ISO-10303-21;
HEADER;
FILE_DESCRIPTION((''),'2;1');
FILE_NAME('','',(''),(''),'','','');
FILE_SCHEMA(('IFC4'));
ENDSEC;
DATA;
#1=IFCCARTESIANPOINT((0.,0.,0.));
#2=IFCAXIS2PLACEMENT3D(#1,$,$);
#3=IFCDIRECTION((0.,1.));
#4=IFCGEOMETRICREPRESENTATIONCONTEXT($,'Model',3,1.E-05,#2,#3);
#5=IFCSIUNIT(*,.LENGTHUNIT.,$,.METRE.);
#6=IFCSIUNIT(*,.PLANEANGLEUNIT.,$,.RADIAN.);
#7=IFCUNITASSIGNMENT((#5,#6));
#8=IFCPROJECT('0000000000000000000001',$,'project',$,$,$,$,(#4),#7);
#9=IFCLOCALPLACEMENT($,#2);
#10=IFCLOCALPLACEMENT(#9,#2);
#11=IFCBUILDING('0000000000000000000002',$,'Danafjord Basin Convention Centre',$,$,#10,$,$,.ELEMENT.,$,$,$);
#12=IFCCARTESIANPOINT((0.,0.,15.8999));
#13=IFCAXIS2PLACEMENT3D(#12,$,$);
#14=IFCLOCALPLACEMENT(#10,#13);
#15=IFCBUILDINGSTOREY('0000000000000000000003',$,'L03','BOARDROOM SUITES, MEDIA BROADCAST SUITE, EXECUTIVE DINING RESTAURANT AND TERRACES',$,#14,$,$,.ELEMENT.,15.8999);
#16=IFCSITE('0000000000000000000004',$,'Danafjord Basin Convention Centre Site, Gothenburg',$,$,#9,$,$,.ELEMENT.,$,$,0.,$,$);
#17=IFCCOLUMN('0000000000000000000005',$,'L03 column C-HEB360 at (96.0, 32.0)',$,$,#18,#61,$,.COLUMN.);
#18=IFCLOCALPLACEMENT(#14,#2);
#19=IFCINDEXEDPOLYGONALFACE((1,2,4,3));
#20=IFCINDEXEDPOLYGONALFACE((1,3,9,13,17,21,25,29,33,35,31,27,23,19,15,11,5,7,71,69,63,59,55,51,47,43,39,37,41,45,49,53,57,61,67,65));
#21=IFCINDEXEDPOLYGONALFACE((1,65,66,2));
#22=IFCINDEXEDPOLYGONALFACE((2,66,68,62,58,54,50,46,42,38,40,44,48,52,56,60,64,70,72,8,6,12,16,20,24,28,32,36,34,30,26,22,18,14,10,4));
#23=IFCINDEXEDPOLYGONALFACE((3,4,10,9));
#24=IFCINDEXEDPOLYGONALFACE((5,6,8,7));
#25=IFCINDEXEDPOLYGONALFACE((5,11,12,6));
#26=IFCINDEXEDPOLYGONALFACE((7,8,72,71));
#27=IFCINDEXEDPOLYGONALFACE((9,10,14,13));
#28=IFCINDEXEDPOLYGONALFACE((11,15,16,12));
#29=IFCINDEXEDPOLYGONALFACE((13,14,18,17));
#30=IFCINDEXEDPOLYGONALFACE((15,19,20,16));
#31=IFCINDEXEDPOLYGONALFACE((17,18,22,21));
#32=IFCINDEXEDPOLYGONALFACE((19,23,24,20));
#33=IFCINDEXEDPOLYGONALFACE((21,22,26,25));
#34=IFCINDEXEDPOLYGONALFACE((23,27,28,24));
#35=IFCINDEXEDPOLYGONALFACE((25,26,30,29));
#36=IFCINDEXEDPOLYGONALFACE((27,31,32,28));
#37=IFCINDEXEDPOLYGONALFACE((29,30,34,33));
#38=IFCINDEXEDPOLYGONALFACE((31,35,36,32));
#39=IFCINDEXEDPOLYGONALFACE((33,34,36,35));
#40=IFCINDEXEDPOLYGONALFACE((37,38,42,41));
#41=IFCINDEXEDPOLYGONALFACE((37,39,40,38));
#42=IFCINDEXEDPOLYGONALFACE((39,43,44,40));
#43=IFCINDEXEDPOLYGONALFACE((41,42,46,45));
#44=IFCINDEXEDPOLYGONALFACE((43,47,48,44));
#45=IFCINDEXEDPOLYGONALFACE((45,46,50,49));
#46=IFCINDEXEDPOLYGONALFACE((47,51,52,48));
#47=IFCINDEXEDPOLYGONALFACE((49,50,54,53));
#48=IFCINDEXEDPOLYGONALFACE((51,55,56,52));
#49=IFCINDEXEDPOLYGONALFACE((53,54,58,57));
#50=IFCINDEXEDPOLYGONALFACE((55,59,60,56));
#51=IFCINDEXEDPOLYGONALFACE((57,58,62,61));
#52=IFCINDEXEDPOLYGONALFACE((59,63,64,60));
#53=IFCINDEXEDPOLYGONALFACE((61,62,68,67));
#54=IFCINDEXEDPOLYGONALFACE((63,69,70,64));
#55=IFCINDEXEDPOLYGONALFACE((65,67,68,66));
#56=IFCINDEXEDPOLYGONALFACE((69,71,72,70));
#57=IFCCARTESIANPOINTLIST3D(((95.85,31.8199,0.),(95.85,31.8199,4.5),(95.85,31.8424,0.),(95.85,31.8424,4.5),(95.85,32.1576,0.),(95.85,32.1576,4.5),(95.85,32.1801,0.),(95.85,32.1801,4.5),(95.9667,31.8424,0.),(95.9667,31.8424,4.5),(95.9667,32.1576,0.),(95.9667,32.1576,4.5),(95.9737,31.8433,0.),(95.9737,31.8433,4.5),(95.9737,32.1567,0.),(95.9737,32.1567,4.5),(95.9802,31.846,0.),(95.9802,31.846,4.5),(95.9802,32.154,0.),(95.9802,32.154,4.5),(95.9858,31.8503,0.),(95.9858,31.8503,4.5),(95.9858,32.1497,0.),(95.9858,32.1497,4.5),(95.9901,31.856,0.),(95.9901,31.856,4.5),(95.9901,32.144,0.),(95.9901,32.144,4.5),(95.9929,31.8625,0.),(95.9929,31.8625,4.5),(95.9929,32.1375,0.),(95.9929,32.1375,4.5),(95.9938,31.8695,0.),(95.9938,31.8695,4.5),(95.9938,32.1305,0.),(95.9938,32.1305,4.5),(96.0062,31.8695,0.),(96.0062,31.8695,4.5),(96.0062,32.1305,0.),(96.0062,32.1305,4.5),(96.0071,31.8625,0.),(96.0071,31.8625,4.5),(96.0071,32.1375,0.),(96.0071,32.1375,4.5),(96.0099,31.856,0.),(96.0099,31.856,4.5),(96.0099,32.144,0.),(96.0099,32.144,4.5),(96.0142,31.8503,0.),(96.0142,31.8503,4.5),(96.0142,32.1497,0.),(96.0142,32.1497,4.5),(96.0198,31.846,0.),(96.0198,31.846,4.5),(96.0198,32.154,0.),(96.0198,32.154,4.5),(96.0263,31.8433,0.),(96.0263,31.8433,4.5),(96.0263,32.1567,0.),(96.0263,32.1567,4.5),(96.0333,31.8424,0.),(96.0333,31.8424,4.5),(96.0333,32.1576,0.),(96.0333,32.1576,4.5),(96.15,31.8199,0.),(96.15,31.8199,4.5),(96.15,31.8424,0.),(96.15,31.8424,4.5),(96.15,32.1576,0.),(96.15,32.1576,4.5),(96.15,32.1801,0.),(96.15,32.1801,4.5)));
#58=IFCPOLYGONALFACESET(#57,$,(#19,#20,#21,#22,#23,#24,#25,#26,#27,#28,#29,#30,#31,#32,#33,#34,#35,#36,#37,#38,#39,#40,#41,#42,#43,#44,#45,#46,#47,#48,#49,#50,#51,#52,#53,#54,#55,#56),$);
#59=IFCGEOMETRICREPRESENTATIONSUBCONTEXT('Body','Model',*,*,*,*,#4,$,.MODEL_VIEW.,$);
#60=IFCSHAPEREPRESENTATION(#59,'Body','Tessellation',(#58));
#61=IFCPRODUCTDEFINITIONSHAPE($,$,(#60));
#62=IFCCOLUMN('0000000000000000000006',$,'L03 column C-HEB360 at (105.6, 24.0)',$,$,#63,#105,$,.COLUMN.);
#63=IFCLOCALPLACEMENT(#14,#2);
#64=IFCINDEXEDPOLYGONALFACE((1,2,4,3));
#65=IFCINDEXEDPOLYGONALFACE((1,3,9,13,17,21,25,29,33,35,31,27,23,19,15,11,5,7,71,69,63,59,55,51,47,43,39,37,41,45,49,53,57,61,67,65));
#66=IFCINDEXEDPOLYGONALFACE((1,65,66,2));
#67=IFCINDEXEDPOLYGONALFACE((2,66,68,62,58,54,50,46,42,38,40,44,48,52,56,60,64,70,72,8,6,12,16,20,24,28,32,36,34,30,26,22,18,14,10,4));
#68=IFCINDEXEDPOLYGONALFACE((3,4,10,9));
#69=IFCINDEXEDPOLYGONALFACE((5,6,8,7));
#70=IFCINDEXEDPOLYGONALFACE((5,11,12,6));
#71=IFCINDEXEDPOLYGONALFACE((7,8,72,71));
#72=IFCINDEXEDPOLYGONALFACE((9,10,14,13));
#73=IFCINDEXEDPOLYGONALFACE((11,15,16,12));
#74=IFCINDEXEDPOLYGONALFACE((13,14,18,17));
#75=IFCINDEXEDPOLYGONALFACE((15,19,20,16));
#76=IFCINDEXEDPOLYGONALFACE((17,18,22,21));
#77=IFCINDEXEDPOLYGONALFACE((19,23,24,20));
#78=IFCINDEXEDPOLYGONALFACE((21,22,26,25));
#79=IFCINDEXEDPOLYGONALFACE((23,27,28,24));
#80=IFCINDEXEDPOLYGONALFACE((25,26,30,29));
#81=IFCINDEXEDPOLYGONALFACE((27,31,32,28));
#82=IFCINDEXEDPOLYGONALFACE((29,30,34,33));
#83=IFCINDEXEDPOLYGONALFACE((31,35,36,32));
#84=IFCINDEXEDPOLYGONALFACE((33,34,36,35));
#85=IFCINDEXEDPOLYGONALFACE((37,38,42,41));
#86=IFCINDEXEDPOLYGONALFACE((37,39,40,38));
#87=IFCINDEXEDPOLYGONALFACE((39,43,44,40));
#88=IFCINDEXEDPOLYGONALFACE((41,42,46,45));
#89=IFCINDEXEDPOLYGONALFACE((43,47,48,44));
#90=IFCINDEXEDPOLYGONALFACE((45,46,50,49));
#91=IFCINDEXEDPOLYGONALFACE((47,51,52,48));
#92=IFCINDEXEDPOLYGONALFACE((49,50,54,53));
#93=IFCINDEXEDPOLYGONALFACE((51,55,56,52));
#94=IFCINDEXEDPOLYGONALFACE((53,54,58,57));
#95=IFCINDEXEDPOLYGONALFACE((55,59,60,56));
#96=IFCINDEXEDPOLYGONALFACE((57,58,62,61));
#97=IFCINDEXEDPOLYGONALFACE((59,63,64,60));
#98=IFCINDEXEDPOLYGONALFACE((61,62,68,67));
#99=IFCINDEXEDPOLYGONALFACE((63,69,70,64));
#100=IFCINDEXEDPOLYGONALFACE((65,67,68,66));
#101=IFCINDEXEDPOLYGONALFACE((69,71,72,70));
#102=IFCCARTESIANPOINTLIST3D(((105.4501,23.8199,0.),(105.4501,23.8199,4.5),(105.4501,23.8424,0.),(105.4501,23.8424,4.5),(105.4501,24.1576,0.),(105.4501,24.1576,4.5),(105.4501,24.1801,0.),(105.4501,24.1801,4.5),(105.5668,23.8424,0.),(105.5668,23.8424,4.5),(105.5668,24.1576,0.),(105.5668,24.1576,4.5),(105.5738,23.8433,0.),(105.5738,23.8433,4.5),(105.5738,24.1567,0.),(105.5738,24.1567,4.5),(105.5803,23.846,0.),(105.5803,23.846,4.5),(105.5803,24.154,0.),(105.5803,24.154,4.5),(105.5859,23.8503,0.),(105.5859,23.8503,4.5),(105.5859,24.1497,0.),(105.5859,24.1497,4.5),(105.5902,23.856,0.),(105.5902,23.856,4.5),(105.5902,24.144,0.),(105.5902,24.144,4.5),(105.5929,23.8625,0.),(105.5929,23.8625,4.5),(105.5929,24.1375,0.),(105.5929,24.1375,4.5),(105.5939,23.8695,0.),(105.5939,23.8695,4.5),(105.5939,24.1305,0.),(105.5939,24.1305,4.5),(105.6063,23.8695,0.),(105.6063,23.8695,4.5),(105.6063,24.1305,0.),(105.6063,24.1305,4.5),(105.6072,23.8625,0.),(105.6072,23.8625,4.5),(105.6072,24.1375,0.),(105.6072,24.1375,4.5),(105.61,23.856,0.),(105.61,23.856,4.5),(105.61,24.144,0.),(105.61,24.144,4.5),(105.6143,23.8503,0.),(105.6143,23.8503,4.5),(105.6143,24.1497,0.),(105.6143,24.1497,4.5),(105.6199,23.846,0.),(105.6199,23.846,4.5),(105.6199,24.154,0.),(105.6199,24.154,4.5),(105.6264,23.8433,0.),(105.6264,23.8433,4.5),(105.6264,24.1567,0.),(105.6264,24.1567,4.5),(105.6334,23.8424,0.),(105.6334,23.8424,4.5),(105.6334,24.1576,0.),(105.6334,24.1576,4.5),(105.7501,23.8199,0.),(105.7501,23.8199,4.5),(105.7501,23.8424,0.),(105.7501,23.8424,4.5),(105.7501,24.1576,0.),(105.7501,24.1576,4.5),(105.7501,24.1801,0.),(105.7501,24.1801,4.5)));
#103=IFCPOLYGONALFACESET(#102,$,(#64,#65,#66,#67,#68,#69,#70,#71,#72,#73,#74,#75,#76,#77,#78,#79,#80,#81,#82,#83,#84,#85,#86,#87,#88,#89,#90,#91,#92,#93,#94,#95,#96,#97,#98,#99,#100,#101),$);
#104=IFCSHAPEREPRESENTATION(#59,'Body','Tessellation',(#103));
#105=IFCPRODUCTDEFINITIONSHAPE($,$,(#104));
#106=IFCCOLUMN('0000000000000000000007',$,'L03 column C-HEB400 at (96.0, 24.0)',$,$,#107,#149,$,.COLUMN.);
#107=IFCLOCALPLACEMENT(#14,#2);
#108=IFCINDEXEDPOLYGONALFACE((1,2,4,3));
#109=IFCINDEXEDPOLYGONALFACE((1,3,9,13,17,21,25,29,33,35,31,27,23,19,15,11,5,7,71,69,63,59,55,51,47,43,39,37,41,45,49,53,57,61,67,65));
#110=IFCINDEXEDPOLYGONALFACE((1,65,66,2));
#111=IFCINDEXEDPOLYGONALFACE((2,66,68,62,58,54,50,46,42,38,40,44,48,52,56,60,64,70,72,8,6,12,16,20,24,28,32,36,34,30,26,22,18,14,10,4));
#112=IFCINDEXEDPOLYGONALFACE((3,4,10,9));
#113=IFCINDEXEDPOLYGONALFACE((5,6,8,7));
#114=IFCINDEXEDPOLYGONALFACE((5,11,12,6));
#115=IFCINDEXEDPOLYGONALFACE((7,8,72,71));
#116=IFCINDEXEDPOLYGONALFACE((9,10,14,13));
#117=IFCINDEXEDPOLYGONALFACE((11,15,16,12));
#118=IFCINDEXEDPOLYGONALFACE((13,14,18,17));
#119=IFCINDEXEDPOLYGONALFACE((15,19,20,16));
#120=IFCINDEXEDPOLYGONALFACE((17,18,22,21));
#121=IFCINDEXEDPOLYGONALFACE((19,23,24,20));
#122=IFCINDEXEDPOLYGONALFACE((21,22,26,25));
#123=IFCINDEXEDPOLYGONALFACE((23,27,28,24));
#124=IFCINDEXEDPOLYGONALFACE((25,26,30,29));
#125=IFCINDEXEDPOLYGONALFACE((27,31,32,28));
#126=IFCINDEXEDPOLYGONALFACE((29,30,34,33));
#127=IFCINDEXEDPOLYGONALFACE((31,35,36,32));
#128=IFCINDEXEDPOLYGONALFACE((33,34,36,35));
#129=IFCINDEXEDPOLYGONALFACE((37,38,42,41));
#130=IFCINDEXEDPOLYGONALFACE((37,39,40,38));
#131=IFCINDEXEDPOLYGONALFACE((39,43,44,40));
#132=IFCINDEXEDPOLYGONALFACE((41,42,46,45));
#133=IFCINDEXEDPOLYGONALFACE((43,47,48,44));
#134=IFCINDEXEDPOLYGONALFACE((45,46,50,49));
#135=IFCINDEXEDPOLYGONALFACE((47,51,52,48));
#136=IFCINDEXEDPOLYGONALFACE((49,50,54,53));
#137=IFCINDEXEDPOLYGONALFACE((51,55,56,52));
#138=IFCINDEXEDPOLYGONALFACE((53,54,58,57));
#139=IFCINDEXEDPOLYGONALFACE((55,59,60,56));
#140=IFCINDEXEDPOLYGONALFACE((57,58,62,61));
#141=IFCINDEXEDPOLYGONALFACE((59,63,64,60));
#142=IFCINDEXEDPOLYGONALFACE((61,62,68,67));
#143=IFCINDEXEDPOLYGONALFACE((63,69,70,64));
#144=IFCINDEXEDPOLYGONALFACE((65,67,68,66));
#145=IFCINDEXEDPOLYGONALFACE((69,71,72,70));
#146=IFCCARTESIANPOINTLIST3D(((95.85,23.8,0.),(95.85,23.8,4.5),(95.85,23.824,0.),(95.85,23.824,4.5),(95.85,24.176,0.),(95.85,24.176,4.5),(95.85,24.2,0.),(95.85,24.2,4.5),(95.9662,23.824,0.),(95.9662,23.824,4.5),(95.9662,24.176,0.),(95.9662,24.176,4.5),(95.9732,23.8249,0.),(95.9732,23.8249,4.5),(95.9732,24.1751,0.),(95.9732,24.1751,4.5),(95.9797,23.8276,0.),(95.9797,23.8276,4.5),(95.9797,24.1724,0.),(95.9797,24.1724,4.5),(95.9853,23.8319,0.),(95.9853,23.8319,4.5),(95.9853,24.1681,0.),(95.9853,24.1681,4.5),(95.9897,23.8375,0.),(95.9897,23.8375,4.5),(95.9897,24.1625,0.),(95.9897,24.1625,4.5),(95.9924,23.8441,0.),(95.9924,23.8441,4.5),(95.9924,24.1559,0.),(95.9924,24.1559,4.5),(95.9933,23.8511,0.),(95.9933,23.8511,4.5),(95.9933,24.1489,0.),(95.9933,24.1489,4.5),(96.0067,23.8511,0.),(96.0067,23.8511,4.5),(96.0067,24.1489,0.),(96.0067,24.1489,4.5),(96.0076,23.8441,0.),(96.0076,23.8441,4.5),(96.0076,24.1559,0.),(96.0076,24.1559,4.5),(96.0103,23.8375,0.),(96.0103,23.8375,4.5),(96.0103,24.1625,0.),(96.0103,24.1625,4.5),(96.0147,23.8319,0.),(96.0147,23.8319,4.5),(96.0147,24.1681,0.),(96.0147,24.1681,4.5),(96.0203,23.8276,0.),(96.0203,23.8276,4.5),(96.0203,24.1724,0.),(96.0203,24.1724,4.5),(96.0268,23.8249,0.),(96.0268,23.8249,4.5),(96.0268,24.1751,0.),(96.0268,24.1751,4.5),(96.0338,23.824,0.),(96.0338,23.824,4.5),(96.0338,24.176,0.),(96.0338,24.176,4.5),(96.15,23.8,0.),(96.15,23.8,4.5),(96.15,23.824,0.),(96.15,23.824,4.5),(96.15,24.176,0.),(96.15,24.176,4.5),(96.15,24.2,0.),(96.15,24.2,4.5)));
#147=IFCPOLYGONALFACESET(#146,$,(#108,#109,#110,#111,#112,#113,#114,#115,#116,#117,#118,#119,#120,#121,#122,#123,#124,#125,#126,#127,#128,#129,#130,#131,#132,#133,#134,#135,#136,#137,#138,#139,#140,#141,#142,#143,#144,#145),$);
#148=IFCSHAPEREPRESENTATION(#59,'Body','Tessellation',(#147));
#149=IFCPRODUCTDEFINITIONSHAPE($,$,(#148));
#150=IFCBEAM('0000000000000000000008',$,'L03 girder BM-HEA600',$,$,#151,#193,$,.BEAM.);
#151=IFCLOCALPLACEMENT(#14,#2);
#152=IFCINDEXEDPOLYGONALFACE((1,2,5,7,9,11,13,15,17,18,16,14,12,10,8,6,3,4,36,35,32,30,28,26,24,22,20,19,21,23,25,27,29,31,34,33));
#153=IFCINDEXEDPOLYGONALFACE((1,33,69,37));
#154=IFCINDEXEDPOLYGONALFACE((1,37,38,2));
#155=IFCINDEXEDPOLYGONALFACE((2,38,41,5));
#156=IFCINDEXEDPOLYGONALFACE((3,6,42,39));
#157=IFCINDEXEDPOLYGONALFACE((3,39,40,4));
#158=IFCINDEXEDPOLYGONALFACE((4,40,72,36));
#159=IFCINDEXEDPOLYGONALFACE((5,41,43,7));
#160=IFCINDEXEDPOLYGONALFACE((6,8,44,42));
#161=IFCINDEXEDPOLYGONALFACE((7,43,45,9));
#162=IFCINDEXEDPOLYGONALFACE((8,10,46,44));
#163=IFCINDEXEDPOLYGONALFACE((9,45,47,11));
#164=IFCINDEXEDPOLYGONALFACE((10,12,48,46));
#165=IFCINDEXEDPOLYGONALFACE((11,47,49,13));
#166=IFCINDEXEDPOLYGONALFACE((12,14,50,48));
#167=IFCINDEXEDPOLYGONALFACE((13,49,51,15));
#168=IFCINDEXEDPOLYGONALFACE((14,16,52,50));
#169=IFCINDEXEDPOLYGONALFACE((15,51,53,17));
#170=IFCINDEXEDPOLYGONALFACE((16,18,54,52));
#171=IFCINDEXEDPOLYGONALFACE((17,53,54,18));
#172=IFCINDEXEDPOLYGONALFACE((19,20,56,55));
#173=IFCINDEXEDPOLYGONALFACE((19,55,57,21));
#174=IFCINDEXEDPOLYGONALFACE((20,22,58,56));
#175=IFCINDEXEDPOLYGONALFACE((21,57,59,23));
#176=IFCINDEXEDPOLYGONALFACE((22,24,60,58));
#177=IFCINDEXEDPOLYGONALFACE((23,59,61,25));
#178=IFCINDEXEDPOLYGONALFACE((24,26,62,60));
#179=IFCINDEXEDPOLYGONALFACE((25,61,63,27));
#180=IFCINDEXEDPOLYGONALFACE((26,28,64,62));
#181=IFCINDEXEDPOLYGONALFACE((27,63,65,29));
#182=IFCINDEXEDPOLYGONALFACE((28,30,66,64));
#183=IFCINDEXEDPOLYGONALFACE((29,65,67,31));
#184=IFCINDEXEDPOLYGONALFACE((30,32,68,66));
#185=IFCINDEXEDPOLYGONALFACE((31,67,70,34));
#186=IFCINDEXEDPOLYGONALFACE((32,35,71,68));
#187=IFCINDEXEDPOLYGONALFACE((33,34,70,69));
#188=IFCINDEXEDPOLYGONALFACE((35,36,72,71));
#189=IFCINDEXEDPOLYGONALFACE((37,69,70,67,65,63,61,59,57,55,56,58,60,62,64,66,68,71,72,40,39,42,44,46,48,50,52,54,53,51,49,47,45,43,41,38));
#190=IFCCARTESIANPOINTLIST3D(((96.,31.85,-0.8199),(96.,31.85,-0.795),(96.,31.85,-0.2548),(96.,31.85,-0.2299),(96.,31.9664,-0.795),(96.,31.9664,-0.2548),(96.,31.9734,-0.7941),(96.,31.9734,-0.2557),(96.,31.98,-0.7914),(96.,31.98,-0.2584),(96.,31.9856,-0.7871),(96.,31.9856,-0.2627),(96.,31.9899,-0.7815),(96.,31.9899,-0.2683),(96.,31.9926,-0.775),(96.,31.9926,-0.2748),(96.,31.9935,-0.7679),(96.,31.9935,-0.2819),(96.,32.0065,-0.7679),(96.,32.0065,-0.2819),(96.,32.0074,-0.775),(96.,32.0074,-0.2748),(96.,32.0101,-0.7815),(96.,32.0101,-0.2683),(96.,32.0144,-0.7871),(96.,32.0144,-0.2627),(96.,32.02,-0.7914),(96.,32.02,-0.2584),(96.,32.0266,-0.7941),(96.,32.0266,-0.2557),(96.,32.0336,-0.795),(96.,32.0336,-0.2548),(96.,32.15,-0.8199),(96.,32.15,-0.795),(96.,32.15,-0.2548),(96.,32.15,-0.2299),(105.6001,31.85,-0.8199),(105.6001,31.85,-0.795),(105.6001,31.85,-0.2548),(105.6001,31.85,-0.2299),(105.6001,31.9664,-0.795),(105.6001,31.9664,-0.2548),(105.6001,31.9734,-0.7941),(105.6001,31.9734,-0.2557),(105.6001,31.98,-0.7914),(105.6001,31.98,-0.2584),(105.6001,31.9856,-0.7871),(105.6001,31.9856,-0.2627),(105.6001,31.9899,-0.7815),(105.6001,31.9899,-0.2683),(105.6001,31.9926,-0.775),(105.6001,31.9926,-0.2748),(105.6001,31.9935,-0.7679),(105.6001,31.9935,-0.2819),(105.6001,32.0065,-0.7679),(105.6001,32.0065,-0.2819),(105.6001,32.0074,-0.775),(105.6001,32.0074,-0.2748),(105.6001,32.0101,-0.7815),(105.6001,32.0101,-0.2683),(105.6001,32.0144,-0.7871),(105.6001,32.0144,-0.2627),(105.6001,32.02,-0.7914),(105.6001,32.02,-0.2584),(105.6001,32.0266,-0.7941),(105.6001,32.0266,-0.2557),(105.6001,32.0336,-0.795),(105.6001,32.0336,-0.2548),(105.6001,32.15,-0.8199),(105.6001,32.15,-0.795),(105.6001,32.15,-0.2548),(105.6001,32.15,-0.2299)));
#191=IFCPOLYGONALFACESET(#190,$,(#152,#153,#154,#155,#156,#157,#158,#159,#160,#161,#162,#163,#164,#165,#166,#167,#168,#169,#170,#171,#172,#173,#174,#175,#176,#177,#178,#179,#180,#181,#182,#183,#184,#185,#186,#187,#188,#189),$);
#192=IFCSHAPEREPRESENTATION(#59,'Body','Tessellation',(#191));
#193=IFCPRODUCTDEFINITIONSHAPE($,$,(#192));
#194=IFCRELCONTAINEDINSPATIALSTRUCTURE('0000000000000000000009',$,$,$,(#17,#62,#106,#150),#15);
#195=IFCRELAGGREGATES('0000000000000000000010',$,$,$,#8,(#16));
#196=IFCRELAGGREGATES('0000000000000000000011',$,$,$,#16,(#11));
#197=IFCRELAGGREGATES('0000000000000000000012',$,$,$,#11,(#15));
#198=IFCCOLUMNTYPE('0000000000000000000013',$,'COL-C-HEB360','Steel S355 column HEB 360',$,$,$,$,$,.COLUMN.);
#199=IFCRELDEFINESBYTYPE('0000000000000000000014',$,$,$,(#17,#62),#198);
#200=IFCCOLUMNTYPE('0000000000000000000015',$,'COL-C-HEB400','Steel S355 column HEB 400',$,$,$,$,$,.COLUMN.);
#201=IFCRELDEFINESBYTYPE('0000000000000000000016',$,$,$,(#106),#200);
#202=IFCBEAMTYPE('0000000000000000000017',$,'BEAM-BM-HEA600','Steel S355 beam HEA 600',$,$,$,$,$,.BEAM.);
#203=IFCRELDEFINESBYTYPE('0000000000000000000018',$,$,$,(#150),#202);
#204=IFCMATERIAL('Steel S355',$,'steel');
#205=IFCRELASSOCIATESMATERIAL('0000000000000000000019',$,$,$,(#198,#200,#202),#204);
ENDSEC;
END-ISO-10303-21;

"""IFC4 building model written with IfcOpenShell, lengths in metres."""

from ifc_helpers import new_model, si_unit, direction, frame, origin, origin_2d, place, context, subcontext, project, spatial, i_section, extrude, material, material_profile, profile_set, type_object, element, save


model = new_model("IFC4")

# Units and contexts
model_context = context("Model", 3, precision=1e-05, world=origin(), true_north=direction((0.0, 1.0)))
body_context = subcontext(model_context, "Body", "Model", "MODEL_VIEW")
ifc_project = project(units=[si_unit("LENGTHUNIT", "METRE"), si_unit("PLANEANGLEUNIT", "RADIAN")], contexts=[model_context])

# Site, building, storey
site_placement = place(None, origin())
site = spatial("IfcSite", under=ifc_project, at=site_placement, Name="Danafjord Basin Convention Centre Site, Gothenburg", CompositionType="ELEMENT", RefElevation=0.0)
building_placement = place(site_placement, origin())
building = spatial("IfcBuilding", under=site, at=building_placement, Name="Danafjord Basin Convention Centre", CompositionType="ELEMENT")
storey_placement = place(building_placement, frame((0.0, 0.0, 15.8999)))
storey = spatial("IfcBuildingStorey", under=building, at=storey_placement, Name="L03", Description="BOARDROOM SUITES, MEDIA BROADCAST SUITE, EXECUTIVE DINING RESTAURANT AND TERRACES", CompositionType="ELEMENT", Elevation=15.8999)

# Columns
ifc_material_1 = material(Name="Steel S355", Category="steel")
ifc_material_profile_1 = material_profile(ifc_material_1, i_section(OverallWidth=0.3, OverallDepth=0.3601, WebThickness=0.0125, FlangeThickness=0.0225, FilletRadius=0.0271, at=origin_2d()), Name="HEB 360")
ifc_profile_set_1 = profile_set([ifc_material_profile_1], Name="Steel S355")
column_type_1 = type_object("IfcColumnType", Name="COL-C-HEB360", Description="Steel S355 column HEB 360", PredefinedType="COLUMN", material=ifc_profile_set_1)
for number, where, z_axis, x_axis, name in (
    (1, (96.0, 32.0, 0.0), (0.0, 0.0, 1.0), (1.0, 0.0, 0.0), "L03 column C-HEB360 at (96.0, 32.0)"),
    (2, (105.6001, 24.0, 0.0), (0.0, 0.0, 1.0), (1.0, 0.0, 0.0), "L03 column C-HEB360 at (105.6, 24.0)"),
):
    element("IfcColumn", number, at=place(storey_placement, frame(where, z_axis=z_axis, x_axis=x_axis)), inside=storey, type_object=column_type_1, Name=name, PredefinedType="COLUMN", context=body_context, shape_type="SweptSolid", body=[
        extrude(i_section(OverallWidth=0.3, OverallDepth=0.3601, WebThickness=0.0125, FlangeThickness=0.0225, FilletRadius=0.0271, at=origin_2d()), origin(), (0.0, 0.0, 1.0), 4.5),
    ])
ifc_material_profile_2 = material_profile(ifc_material_1, i_section(OverallWidth=0.3, OverallDepth=0.3999, WebThickness=0.0134, FlangeThickness=0.0239, FilletRadius=0.0271, at=origin_2d()), Name="HEB 400")
ifc_profile_set_2 = profile_set([ifc_material_profile_2], Name="Steel S355")
column_type_2 = type_object("IfcColumnType", Name="COL-C-HEB400", Description="Steel S355 column HEB 400", PredefinedType="COLUMN", material=ifc_profile_set_2)
column_1_placement = place(storey_placement, frame((96.0, 24.0, 0.0), z_axis=(0.0, 0.0, 1.0), x_axis=(1.0, 0.0, 0.0)))
element("IfcColumn", 3, at=column_1_placement, inside=storey, type_object=column_type_2, Name="L03 column C-HEB400 at (96.0, 24.0)", PredefinedType="COLUMN", context=body_context, shape_type="SweptSolid", body=[
    extrude(i_section(OverallWidth=0.3, OverallDepth=0.3999, WebThickness=0.0134, FlangeThickness=0.0239, FilletRadius=0.0271, at=origin_2d()), origin(), (0.0, 0.0, 1.0), 4.5),
])

# Beam
ifc_material_profile_3 = material_profile(ifc_material_1, i_section(OverallWidth=0.3, OverallDepth=0.5901, WebThickness=0.0129, FlangeThickness=0.0249, FilletRadius=0.0271, at=origin_2d()), Name="HEA 600")
ifc_profile_set_3 = profile_set([ifc_material_profile_3], Name="Steel S355")
beam_type_1 = type_object("IfcBeamType", Name="BEAM-BM-HEA600", Description="Steel S355 beam HEA 600", PredefinedType="BEAM", material=ifc_profile_set_3)
beam_1_placement = place(storey_placement, frame((96.0, 32.0, -0.5249), z_axis=(1.0, 0.0, 0.0), x_axis=(0.0, 1.0, 0.0)))
element("IfcBeam", 4, at=beam_1_placement, inside=storey, type_object=beam_type_1, Name="L03 girder BM-HEA600", PredefinedType="BEAM", context=body_context, shape_type="SweptSolid", body=[
    extrude(i_section(OverallWidth=0.3, OverallDepth=0.5901, WebThickness=0.0129, FlangeThickness=0.0249, FilletRadius=0.0271, at=origin_2d()), origin(), (0.0, 0.0, 1.0), 9.6001),
])

save(model, "model.ifc")
